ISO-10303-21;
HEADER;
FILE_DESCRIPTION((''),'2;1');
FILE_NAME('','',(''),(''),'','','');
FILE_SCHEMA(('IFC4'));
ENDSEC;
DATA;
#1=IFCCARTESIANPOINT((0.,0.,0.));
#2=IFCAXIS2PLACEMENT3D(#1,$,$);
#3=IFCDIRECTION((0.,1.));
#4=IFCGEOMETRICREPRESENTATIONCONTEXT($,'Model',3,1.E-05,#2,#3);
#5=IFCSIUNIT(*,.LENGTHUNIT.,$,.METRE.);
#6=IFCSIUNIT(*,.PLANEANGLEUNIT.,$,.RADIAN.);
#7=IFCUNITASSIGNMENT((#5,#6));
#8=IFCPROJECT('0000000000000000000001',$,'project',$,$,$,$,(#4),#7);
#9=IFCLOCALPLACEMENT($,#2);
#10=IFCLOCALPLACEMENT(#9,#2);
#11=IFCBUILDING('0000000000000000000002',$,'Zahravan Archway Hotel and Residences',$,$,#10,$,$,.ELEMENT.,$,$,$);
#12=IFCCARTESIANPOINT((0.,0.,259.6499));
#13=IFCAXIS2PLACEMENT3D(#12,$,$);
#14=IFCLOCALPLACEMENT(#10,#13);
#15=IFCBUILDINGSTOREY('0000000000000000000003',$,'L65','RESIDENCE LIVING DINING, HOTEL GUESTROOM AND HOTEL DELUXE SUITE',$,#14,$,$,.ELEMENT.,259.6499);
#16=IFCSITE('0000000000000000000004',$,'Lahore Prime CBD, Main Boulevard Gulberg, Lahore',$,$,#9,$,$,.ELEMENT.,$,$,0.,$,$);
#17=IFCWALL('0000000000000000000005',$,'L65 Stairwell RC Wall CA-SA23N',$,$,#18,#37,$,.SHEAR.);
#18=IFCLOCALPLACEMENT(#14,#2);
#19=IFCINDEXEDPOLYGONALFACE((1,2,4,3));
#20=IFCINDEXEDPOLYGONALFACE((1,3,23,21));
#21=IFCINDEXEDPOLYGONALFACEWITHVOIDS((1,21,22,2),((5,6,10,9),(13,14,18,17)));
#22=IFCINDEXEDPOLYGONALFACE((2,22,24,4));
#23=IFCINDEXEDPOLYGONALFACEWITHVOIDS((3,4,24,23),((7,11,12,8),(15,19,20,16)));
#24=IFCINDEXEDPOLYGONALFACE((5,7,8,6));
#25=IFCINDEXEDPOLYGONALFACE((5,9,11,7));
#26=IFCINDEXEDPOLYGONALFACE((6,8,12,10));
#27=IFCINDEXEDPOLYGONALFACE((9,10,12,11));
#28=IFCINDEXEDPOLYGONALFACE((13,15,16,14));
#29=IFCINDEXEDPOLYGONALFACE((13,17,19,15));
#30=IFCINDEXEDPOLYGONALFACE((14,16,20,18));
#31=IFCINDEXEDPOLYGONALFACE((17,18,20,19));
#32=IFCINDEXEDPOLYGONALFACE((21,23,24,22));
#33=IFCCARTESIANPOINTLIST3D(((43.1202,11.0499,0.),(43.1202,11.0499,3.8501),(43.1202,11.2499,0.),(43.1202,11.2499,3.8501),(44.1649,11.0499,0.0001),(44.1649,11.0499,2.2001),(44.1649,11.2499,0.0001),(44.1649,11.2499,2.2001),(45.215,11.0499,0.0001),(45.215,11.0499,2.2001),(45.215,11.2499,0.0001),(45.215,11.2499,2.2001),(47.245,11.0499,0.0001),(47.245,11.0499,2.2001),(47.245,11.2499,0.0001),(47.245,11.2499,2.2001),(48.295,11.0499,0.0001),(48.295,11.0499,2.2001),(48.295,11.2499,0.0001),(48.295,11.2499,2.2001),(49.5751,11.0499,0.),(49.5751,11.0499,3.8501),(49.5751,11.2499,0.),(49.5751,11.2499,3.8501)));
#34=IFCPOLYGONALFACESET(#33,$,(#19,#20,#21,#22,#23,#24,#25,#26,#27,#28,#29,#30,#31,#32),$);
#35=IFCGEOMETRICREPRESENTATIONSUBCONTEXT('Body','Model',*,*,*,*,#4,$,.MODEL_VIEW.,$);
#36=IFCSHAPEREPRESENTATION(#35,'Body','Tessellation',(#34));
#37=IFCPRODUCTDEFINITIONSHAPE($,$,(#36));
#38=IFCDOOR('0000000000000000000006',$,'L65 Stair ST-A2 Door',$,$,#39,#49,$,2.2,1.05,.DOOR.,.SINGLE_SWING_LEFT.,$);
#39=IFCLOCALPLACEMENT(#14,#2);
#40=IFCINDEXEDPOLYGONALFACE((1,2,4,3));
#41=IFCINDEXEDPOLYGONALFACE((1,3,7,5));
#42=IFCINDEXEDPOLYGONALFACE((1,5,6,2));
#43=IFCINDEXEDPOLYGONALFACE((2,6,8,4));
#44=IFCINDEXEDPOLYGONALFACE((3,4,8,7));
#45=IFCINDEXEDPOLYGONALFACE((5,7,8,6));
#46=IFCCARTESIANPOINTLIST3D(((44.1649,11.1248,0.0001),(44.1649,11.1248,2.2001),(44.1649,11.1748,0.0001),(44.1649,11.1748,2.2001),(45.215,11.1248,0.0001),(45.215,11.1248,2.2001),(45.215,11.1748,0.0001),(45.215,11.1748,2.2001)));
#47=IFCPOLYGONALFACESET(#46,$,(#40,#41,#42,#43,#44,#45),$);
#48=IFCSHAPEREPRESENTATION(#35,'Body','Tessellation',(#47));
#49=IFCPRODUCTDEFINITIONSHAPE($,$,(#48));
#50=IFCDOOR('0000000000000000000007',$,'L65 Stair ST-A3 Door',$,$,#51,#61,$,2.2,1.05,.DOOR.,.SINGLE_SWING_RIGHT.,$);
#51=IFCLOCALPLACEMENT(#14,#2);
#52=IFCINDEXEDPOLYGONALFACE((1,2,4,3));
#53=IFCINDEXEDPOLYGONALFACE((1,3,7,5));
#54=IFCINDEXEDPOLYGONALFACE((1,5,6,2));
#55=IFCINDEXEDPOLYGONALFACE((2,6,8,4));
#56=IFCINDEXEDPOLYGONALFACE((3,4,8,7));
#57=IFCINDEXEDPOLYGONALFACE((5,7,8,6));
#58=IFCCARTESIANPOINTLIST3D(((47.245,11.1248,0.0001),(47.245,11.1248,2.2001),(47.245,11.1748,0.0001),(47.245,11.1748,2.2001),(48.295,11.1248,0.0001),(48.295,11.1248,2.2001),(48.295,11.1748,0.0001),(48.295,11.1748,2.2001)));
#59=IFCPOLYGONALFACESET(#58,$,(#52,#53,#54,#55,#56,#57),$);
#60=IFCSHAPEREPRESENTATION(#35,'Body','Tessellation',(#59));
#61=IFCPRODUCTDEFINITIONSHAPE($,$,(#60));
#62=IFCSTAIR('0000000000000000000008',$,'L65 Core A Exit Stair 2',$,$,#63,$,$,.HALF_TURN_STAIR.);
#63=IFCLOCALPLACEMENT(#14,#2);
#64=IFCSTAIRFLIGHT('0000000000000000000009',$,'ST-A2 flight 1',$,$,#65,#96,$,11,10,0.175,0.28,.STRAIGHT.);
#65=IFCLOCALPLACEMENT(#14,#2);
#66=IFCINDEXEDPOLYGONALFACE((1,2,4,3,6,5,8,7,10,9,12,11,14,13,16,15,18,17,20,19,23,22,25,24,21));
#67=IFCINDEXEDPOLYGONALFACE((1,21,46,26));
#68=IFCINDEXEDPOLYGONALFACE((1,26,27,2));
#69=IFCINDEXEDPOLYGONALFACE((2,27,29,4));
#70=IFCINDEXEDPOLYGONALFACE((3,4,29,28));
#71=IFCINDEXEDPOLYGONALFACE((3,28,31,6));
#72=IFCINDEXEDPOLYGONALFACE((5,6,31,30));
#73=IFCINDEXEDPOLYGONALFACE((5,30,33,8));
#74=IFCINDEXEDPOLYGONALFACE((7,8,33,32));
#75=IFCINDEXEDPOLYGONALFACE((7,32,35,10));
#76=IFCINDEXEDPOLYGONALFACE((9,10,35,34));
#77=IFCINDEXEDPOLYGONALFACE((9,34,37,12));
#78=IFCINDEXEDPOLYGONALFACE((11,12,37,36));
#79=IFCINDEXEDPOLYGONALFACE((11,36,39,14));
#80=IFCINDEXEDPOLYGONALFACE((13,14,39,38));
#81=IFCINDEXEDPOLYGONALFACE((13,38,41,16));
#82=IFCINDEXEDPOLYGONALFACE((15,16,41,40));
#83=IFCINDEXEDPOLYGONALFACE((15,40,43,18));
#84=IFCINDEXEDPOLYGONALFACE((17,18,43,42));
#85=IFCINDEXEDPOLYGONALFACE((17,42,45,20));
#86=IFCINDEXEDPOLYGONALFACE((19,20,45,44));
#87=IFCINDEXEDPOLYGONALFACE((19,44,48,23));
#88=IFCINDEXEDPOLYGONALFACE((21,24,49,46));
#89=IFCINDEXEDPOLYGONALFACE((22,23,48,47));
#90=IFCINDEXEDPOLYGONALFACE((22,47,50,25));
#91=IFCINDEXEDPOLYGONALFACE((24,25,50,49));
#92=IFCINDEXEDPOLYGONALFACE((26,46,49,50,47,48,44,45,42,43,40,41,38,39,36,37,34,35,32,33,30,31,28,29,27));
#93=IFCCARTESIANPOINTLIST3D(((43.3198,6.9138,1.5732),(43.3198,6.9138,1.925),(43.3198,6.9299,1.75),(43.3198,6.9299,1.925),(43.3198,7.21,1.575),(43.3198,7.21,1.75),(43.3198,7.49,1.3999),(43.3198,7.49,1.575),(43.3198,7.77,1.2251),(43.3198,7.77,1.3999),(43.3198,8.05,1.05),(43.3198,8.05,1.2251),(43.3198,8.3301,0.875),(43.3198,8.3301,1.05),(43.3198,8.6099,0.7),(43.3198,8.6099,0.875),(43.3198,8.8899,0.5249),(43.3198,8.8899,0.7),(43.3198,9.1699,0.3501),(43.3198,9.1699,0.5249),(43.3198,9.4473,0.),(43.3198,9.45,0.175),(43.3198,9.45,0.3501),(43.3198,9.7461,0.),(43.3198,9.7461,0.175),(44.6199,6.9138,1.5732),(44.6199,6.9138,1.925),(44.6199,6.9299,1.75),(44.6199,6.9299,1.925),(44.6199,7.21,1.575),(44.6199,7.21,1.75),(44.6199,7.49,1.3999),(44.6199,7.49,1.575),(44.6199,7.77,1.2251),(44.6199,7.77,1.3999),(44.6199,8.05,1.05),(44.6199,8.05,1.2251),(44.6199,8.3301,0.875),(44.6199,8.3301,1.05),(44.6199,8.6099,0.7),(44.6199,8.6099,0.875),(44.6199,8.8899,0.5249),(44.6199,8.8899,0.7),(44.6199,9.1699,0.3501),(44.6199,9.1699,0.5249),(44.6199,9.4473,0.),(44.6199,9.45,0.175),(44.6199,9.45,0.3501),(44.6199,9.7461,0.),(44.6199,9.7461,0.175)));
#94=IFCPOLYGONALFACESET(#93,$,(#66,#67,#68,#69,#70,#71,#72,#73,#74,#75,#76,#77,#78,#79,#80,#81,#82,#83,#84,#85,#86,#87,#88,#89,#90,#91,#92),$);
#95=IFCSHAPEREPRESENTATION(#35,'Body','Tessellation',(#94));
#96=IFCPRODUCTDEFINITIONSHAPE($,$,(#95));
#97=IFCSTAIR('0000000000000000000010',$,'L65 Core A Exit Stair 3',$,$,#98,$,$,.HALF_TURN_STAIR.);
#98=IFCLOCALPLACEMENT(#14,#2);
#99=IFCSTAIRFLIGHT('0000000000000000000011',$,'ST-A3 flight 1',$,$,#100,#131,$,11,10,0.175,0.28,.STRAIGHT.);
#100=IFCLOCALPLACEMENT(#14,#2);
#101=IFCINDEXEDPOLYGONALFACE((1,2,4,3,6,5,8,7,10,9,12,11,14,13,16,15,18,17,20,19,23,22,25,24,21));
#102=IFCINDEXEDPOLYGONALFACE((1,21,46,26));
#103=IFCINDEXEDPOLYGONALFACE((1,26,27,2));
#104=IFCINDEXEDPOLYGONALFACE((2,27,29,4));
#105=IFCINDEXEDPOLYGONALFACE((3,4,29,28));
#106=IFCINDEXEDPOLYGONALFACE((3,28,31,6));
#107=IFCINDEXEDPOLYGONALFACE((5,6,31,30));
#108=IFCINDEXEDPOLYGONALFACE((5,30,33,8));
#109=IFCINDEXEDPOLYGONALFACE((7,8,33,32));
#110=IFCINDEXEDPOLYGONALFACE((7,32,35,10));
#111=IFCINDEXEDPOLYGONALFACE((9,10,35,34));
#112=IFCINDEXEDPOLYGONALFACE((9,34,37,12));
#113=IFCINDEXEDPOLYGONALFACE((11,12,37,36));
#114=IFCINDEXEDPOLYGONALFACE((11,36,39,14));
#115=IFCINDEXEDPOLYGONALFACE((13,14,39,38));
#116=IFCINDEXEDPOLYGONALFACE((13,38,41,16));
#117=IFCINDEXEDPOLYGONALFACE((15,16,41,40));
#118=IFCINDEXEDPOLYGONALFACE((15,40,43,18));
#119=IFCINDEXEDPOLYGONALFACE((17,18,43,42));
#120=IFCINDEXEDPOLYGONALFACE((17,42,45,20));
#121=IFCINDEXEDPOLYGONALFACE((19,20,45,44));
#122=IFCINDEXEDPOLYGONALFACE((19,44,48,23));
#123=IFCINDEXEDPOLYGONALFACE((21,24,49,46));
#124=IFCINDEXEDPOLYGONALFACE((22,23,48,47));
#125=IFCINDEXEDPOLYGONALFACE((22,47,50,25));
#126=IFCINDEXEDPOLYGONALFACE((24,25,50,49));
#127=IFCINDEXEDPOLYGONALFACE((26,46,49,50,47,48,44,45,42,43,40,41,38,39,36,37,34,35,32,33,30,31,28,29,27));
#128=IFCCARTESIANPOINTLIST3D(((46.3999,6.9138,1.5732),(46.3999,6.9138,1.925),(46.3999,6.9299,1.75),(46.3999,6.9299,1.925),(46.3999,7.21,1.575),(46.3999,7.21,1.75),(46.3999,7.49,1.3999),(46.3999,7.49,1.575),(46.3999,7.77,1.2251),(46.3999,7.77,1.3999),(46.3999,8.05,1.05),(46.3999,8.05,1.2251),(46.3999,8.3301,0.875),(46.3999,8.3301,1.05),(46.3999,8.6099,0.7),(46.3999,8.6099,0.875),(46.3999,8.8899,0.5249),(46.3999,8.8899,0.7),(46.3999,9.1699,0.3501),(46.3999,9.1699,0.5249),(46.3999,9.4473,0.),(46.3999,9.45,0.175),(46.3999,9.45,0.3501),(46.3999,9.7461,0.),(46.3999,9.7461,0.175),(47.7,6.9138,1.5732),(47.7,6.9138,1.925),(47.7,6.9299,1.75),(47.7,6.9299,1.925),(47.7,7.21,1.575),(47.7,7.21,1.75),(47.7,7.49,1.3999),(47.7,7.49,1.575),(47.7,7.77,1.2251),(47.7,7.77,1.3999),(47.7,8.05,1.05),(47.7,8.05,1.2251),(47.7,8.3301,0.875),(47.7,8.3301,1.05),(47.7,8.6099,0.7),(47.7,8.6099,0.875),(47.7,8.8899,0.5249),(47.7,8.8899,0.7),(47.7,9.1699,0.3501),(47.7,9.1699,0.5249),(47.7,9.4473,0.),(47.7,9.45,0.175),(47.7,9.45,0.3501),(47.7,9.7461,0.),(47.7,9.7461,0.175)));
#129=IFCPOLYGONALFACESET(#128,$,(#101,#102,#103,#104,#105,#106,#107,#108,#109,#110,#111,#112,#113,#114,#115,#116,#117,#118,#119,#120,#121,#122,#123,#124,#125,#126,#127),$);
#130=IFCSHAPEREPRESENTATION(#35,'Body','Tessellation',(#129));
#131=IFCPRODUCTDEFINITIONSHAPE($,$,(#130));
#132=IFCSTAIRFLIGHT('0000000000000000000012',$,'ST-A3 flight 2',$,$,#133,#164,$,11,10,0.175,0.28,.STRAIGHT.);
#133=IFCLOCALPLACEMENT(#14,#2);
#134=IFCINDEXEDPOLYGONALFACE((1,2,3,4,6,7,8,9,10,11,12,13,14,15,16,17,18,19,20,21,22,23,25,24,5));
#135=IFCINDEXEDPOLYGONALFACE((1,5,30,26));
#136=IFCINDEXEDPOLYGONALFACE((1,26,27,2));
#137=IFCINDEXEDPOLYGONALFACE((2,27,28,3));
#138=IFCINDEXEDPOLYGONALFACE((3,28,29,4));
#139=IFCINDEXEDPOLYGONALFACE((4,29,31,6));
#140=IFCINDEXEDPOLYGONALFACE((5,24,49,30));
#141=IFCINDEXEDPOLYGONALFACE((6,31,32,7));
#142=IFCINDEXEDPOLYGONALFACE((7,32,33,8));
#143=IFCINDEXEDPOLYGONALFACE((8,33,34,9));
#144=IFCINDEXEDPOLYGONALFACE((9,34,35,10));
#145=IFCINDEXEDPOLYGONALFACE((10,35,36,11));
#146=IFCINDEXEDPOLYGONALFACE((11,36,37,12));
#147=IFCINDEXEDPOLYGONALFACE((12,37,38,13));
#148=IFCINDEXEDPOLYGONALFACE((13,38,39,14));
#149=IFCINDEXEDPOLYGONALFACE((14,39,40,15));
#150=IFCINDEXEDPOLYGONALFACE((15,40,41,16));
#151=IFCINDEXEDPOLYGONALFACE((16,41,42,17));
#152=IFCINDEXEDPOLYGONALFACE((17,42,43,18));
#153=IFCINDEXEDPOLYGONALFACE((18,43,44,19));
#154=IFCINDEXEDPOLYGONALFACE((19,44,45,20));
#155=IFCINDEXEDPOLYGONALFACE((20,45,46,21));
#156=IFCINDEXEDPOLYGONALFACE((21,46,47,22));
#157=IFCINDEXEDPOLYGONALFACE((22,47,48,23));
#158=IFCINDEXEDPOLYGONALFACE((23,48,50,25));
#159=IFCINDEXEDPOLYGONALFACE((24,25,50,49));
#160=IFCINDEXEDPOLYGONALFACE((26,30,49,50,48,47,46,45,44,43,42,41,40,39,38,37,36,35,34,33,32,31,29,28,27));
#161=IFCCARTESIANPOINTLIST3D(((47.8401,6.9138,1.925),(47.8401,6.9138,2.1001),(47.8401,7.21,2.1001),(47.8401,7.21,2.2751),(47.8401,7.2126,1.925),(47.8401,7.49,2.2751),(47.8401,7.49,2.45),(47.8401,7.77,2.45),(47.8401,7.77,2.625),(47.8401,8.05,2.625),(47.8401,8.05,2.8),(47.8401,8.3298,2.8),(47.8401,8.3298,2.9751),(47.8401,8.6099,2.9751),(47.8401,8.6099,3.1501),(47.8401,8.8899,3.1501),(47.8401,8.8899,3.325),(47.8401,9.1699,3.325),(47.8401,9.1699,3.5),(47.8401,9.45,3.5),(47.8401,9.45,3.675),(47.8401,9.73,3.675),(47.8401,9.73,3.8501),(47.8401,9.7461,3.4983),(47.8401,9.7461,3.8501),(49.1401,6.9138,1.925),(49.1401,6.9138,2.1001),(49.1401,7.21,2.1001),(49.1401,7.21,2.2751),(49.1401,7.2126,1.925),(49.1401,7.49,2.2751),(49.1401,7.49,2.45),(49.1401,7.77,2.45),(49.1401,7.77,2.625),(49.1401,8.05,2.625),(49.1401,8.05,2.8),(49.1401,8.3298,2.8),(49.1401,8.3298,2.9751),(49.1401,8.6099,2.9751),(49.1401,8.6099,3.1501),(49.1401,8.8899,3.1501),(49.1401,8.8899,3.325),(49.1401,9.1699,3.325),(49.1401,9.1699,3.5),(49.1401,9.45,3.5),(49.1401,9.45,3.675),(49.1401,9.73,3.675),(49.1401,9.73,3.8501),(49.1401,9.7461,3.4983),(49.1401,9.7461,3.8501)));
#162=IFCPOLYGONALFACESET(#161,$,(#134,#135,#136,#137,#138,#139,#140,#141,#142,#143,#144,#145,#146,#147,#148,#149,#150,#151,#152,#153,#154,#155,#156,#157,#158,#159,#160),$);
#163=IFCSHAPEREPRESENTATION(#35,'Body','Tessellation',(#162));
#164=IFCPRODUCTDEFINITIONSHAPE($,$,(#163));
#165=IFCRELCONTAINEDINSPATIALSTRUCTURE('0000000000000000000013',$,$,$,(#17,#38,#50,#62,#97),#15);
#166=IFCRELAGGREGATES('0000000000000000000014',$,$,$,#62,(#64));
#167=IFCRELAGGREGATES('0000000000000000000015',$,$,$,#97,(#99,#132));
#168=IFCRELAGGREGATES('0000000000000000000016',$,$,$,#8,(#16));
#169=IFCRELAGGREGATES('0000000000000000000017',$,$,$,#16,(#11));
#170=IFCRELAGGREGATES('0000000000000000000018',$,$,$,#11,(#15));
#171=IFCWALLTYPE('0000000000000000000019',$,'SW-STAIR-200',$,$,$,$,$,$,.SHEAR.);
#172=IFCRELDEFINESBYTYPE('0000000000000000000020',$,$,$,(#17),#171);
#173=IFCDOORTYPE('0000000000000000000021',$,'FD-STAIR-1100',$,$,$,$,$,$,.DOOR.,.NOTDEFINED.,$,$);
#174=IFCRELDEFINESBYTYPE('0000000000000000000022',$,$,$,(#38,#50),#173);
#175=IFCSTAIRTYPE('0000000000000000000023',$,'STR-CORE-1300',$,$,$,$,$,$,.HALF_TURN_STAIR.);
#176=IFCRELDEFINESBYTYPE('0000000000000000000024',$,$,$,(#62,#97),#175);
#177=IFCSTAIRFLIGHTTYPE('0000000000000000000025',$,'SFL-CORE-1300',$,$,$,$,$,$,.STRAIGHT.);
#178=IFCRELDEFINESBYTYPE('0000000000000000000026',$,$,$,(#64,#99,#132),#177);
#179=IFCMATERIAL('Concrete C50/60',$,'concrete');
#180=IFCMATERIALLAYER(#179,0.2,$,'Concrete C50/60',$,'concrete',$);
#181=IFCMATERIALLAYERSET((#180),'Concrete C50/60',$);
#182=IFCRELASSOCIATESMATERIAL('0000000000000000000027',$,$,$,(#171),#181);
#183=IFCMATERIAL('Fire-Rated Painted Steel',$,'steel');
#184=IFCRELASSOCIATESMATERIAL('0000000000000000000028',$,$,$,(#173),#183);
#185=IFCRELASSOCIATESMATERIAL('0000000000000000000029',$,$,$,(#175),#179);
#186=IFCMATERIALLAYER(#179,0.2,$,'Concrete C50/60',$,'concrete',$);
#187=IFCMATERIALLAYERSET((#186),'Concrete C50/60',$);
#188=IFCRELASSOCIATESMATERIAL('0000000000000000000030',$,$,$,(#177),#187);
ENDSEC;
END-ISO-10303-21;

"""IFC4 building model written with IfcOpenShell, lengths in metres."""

from ifc_helpers import new_model, si_unit, direction, frame, frame_2d, origin, place, context, subcontext, project, spatial, polyline, rectangle, outline, extrude, source, transform, mapped, material, layer, layer_set, type_object, type_shapes, element, fill, aggregate, save


model = new_model("IFC4")

# Units and contexts
model_context = context("Model", 3, precision=1e-05, world=origin(), true_north=direction((0.0, 1.0)))
body_context = subcontext(model_context, "Body", "Model", "MODEL_VIEW")
ifc_project = project(units=[si_unit("LENGTHUNIT", "METRE"), si_unit("PLANEANGLEUNIT", "RADIAN")], contexts=[model_context])

# Site, building, storey
site_placement = place(None, origin())
site = spatial("IfcSite", under=ifc_project, at=site_placement, Name="Lahore Prime CBD, Main Boulevard Gulberg, Lahore", CompositionType="ELEMENT", RefElevation=0.0)
building_placement = place(site_placement, origin())
building = spatial("IfcBuilding", under=site, at=building_placement, Name="Zahravan Archway Hotel and Residences", CompositionType="ELEMENT")
storey_placement = place(building_placement, frame((0.0, 0.0, 259.6499)))
storey = spatial("IfcBuildingStorey", under=building, at=storey_placement, Name="L65", Description="RESIDENCE LIVING DINING, HOTEL GUESTROOM AND HOTEL DELUXE SUITE", CompositionType="ELEMENT", Elevation=259.6499)

# Shared definitions
ifc_material_1 = material(Name="Concrete C50/60", Category="concrete")

# Shared definitions
ifc_material_2 = material(Name="Fire-Rated Painted Steel", Category="steel")

# Wall, openings, doors
ifc_layer_1 = layer(ifc_material_1, 0.2, Name="Concrete C50/60", Category="concrete")
ifc_layer_set_1 = layer_set([ifc_layer_1], Name="Concrete C50/60")
wall_type_1 = type_object("IfcWallType", Name="SW-STAIR-200", PredefinedType="SHEAR", material=ifc_layer_set_1)
wall_1_placement = place(storey_placement, frame((43.1201, 11.1499, 0.0), z_axis=(0.0, 0.0, 1.0), x_axis=(1.0, 0.0, 0.0)))
wall_1 = element("IfcWall", 1, at=wall_1_placement, inside=storey, type_object=wall_type_1, Name="L65 Stairwell RC Wall CA-SA23N", PredefinedType="SHEAR", context=body_context, shape_type="SweptSolid", body=[
    extrude(rectangle(XDim=6.4548, YDim=0.2, at=frame_2d((3.2275, 0.0))), origin(), (0.0, 0.0, 1.0), 3.8501),
])
opening_1_placement = place(wall_1_placement, frame((1.0449, 0.0, 0.0)))
opening_1 = element("IfcOpeningElement", 2, at=opening_1_placement, cuts=wall_1, PredefinedType="OPENING", context=body_context, shape_type="SweptSolid", body=[
    extrude(rectangle(XDim=1.05, YDim=2.2, at=frame_2d((0.5249, 1.1001))), frame((0.0, 0.1099, 0.0), z_axis=(0.0, -1.0, 0.0), x_axis=(1.0, 0.0, 0.0)), (0.0, 0.0, 1.0), 0.22),
])
opening_2_placement = place(wall_1_placement, frame((4.125, 0.0, 0.0)))
opening_2 = element("IfcOpeningElement", 3, at=opening_2_placement, cuts=wall_1, PredefinedType="OPENING", context=body_context, shape_type="SweptSolid", body=[
    extrude(rectangle(XDim=1.05, YDim=2.2, at=frame_2d((0.5249, 1.1001))), frame((0.0, 0.1099, 0.0), z_axis=(0.0, -1.0, 0.0), x_axis=(1.0, 0.0, 0.0)), (0.0, 0.0, 1.0), 0.22),
])
door_type_1 = type_object("IfcDoorType", Name="FD-STAIR-1100", OperationType="NOTDEFINED", PredefinedType="DOOR", material=ifc_material_2)
shared_shape_1 = source(origin(), body_context, "Body", "SweptSolid", [
    extrude(rectangle(XDim=1.05, YDim=2.2, at=frame_2d((0.5249, 1.1001))), frame((0.0, 0.0249, 0.0), z_axis=(0.0, -1.0, 0.0), x_axis=(1.0, 0.0, 0.0)), (0.0, 0.0, 1.0), 0.05),
])
type_shapes(door_type_1, [shared_shape_1])
door_1_placement = place(opening_1_placement, origin())
door_1 = element("IfcDoor", 4, at=door_1_placement, inside=storey, type_object=door_type_1, Name="L65 Stair ST-A2 Door", OperationType="SINGLE_SWING_LEFT", OverallHeight=2.2, OverallWidth=1.05, PredefinedType="DOOR", context=body_context, shape_type="MappedRepresentation", body=[
    mapped(shared_shape_1, transform((0.0, 0.0, 0.0), scale=1.0)),
])
fill(opening_1, door_1)
door_2_placement = place(opening_2_placement, origin())
door_2 = element("IfcDoor", 5, at=door_2_placement, inside=storey, type_object=door_type_1, Name="L65 Stair ST-A3 Door", OperationType="SINGLE_SWING_RIGHT", OverallHeight=2.2, OverallWidth=1.05, PredefinedType="DOOR", context=body_context, shape_type="MappedRepresentation", body=[
    mapped(shared_shape_1, transform((0.0, 0.0, 0.0), scale=1.0)),
])
fill(opening_2, door_2)

# Stair, stair flight
stair_type = type_object("IfcStairType", Name="STR-CORE-1300", PredefinedType="HALF_TURN_STAIR", material=ifc_material_1)
stair_1_placement = place(storey_placement, origin())
stair_1 = element("IfcStair", 6, at=stair_1_placement, inside=storey, type_object=stair_type, Name="L65 Core A Exit Stair 2", PredefinedType="HALF_TURN_STAIR")
ifc_layer_2 = layer(ifc_material_1, 0.2, Name="Concrete C50/60", Category="concrete")
ifc_layer_set_2 = layer_set([ifc_layer_2], Name="Concrete C50/60")
stair_flight_type = type_object("IfcStairFlightType", Name="SFL-CORE-1300", PredefinedType="STRAIGHT", material=ifc_layer_set_2)
shared_shape_2 = source(origin(), body_context, "Body", "SweptSolid", [
    extrude(outline(polyline([(-0.0161, 0.0), (-0.0161, 0.175), (0.28, 0.175), (0.28, 0.3501), (0.5601, 0.3501), (0.5601, 0.5249), (0.8401, 0.5249), (0.8401, 0.7), (1.1201, 0.7), (1.1201, 0.875), (1.3999, 0.875), (1.3999, 1.05), (1.6799, 1.05), (1.6799, 1.2251), (1.96, 1.2251), (1.96, 1.3999), (2.24, 1.3999), (2.24, 1.575), (2.52, 1.575), (2.52, 1.75), (2.8, 1.75), (2.8, 1.925), (2.8162, 1.925), (2.8162, 1.5732), (0.2827, 0.0), (-0.0161, 0.0)])), frame((0.0, 0.6499, 0.0), z_axis=(0.0, -1.0, 0.0), x_axis=(1.0, 0.0, 0.0)), (0.0, 0.0, 1.0), 1.3),
])
stair_flight_1_placement = place(storey_placement, frame((43.97, 9.73, 0.0), z_axis=(0.0, 0.0, 1.0), x_axis=(0.0, -1.0, 0.0)))
stair_flight_1 = element("IfcStairFlight", 7, at=stair_flight_1_placement, type_object=stair_flight_type, Name="ST-A2 flight 1", NumberOfRisers=11, NumberOfTreads=10, PredefinedType="STRAIGHT", RiserHeight=0.175, TreadLength=0.28, context=body_context, shape_type="MappedRepresentation", body=[
    mapped(shared_shape_2, transform((0.0, 0.0, 0.0), scale=1.0)),
])
aggregate(stair_1, [stair_flight_1])

# Stair, stair flights
stair_2_placement = place(storey_placement, origin())
stair_2 = element("IfcStair", 8, at=stair_2_placement, inside=storey, type_object=stair_type, Name="L65 Core A Exit Stair 3", PredefinedType="HALF_TURN_STAIR")
stair_flight_2_placement = place(storey_placement, frame((47.05, 9.73, 0.0), z_axis=(0.0, 0.0, 1.0), x_axis=(0.0, -1.0, 0.0)))
stair_flight_2 = element("IfcStairFlight", 9, at=stair_flight_2_placement, type_object=stair_flight_type, Name="ST-A3 flight 1", NumberOfRisers=11, NumberOfTreads=10, PredefinedType="STRAIGHT", RiserHeight=0.175, TreadLength=0.28, context=body_context, shape_type="MappedRepresentation", body=[
    mapped(shared_shape_2, transform((0.0, 0.0, 0.0), scale=1.0)),
])
stair_flight_3_placement = place(storey_placement, frame((48.49, 6.9299, 1.925), z_axis=(0.0, 0.0, 1.0), x_axis=(0.0, 1.0, 0.0)))
stair_flight_3 = element("IfcStairFlight", 10, at=stair_flight_3_placement, type_object=stair_flight_type, Name="ST-A3 flight 2", NumberOfRisers=11, NumberOfTreads=10, PredefinedType="STRAIGHT", RiserHeight=0.175, TreadLength=0.28, context=body_context, shape_type="MappedRepresentation", body=[
    mapped(shared_shape_2, transform((0.0, 0.0, 0.0), scale=1.0)),
])
aggregate(stair_2, [stair_flight_2, stair_flight_3])

save(model, "model.ifc")
